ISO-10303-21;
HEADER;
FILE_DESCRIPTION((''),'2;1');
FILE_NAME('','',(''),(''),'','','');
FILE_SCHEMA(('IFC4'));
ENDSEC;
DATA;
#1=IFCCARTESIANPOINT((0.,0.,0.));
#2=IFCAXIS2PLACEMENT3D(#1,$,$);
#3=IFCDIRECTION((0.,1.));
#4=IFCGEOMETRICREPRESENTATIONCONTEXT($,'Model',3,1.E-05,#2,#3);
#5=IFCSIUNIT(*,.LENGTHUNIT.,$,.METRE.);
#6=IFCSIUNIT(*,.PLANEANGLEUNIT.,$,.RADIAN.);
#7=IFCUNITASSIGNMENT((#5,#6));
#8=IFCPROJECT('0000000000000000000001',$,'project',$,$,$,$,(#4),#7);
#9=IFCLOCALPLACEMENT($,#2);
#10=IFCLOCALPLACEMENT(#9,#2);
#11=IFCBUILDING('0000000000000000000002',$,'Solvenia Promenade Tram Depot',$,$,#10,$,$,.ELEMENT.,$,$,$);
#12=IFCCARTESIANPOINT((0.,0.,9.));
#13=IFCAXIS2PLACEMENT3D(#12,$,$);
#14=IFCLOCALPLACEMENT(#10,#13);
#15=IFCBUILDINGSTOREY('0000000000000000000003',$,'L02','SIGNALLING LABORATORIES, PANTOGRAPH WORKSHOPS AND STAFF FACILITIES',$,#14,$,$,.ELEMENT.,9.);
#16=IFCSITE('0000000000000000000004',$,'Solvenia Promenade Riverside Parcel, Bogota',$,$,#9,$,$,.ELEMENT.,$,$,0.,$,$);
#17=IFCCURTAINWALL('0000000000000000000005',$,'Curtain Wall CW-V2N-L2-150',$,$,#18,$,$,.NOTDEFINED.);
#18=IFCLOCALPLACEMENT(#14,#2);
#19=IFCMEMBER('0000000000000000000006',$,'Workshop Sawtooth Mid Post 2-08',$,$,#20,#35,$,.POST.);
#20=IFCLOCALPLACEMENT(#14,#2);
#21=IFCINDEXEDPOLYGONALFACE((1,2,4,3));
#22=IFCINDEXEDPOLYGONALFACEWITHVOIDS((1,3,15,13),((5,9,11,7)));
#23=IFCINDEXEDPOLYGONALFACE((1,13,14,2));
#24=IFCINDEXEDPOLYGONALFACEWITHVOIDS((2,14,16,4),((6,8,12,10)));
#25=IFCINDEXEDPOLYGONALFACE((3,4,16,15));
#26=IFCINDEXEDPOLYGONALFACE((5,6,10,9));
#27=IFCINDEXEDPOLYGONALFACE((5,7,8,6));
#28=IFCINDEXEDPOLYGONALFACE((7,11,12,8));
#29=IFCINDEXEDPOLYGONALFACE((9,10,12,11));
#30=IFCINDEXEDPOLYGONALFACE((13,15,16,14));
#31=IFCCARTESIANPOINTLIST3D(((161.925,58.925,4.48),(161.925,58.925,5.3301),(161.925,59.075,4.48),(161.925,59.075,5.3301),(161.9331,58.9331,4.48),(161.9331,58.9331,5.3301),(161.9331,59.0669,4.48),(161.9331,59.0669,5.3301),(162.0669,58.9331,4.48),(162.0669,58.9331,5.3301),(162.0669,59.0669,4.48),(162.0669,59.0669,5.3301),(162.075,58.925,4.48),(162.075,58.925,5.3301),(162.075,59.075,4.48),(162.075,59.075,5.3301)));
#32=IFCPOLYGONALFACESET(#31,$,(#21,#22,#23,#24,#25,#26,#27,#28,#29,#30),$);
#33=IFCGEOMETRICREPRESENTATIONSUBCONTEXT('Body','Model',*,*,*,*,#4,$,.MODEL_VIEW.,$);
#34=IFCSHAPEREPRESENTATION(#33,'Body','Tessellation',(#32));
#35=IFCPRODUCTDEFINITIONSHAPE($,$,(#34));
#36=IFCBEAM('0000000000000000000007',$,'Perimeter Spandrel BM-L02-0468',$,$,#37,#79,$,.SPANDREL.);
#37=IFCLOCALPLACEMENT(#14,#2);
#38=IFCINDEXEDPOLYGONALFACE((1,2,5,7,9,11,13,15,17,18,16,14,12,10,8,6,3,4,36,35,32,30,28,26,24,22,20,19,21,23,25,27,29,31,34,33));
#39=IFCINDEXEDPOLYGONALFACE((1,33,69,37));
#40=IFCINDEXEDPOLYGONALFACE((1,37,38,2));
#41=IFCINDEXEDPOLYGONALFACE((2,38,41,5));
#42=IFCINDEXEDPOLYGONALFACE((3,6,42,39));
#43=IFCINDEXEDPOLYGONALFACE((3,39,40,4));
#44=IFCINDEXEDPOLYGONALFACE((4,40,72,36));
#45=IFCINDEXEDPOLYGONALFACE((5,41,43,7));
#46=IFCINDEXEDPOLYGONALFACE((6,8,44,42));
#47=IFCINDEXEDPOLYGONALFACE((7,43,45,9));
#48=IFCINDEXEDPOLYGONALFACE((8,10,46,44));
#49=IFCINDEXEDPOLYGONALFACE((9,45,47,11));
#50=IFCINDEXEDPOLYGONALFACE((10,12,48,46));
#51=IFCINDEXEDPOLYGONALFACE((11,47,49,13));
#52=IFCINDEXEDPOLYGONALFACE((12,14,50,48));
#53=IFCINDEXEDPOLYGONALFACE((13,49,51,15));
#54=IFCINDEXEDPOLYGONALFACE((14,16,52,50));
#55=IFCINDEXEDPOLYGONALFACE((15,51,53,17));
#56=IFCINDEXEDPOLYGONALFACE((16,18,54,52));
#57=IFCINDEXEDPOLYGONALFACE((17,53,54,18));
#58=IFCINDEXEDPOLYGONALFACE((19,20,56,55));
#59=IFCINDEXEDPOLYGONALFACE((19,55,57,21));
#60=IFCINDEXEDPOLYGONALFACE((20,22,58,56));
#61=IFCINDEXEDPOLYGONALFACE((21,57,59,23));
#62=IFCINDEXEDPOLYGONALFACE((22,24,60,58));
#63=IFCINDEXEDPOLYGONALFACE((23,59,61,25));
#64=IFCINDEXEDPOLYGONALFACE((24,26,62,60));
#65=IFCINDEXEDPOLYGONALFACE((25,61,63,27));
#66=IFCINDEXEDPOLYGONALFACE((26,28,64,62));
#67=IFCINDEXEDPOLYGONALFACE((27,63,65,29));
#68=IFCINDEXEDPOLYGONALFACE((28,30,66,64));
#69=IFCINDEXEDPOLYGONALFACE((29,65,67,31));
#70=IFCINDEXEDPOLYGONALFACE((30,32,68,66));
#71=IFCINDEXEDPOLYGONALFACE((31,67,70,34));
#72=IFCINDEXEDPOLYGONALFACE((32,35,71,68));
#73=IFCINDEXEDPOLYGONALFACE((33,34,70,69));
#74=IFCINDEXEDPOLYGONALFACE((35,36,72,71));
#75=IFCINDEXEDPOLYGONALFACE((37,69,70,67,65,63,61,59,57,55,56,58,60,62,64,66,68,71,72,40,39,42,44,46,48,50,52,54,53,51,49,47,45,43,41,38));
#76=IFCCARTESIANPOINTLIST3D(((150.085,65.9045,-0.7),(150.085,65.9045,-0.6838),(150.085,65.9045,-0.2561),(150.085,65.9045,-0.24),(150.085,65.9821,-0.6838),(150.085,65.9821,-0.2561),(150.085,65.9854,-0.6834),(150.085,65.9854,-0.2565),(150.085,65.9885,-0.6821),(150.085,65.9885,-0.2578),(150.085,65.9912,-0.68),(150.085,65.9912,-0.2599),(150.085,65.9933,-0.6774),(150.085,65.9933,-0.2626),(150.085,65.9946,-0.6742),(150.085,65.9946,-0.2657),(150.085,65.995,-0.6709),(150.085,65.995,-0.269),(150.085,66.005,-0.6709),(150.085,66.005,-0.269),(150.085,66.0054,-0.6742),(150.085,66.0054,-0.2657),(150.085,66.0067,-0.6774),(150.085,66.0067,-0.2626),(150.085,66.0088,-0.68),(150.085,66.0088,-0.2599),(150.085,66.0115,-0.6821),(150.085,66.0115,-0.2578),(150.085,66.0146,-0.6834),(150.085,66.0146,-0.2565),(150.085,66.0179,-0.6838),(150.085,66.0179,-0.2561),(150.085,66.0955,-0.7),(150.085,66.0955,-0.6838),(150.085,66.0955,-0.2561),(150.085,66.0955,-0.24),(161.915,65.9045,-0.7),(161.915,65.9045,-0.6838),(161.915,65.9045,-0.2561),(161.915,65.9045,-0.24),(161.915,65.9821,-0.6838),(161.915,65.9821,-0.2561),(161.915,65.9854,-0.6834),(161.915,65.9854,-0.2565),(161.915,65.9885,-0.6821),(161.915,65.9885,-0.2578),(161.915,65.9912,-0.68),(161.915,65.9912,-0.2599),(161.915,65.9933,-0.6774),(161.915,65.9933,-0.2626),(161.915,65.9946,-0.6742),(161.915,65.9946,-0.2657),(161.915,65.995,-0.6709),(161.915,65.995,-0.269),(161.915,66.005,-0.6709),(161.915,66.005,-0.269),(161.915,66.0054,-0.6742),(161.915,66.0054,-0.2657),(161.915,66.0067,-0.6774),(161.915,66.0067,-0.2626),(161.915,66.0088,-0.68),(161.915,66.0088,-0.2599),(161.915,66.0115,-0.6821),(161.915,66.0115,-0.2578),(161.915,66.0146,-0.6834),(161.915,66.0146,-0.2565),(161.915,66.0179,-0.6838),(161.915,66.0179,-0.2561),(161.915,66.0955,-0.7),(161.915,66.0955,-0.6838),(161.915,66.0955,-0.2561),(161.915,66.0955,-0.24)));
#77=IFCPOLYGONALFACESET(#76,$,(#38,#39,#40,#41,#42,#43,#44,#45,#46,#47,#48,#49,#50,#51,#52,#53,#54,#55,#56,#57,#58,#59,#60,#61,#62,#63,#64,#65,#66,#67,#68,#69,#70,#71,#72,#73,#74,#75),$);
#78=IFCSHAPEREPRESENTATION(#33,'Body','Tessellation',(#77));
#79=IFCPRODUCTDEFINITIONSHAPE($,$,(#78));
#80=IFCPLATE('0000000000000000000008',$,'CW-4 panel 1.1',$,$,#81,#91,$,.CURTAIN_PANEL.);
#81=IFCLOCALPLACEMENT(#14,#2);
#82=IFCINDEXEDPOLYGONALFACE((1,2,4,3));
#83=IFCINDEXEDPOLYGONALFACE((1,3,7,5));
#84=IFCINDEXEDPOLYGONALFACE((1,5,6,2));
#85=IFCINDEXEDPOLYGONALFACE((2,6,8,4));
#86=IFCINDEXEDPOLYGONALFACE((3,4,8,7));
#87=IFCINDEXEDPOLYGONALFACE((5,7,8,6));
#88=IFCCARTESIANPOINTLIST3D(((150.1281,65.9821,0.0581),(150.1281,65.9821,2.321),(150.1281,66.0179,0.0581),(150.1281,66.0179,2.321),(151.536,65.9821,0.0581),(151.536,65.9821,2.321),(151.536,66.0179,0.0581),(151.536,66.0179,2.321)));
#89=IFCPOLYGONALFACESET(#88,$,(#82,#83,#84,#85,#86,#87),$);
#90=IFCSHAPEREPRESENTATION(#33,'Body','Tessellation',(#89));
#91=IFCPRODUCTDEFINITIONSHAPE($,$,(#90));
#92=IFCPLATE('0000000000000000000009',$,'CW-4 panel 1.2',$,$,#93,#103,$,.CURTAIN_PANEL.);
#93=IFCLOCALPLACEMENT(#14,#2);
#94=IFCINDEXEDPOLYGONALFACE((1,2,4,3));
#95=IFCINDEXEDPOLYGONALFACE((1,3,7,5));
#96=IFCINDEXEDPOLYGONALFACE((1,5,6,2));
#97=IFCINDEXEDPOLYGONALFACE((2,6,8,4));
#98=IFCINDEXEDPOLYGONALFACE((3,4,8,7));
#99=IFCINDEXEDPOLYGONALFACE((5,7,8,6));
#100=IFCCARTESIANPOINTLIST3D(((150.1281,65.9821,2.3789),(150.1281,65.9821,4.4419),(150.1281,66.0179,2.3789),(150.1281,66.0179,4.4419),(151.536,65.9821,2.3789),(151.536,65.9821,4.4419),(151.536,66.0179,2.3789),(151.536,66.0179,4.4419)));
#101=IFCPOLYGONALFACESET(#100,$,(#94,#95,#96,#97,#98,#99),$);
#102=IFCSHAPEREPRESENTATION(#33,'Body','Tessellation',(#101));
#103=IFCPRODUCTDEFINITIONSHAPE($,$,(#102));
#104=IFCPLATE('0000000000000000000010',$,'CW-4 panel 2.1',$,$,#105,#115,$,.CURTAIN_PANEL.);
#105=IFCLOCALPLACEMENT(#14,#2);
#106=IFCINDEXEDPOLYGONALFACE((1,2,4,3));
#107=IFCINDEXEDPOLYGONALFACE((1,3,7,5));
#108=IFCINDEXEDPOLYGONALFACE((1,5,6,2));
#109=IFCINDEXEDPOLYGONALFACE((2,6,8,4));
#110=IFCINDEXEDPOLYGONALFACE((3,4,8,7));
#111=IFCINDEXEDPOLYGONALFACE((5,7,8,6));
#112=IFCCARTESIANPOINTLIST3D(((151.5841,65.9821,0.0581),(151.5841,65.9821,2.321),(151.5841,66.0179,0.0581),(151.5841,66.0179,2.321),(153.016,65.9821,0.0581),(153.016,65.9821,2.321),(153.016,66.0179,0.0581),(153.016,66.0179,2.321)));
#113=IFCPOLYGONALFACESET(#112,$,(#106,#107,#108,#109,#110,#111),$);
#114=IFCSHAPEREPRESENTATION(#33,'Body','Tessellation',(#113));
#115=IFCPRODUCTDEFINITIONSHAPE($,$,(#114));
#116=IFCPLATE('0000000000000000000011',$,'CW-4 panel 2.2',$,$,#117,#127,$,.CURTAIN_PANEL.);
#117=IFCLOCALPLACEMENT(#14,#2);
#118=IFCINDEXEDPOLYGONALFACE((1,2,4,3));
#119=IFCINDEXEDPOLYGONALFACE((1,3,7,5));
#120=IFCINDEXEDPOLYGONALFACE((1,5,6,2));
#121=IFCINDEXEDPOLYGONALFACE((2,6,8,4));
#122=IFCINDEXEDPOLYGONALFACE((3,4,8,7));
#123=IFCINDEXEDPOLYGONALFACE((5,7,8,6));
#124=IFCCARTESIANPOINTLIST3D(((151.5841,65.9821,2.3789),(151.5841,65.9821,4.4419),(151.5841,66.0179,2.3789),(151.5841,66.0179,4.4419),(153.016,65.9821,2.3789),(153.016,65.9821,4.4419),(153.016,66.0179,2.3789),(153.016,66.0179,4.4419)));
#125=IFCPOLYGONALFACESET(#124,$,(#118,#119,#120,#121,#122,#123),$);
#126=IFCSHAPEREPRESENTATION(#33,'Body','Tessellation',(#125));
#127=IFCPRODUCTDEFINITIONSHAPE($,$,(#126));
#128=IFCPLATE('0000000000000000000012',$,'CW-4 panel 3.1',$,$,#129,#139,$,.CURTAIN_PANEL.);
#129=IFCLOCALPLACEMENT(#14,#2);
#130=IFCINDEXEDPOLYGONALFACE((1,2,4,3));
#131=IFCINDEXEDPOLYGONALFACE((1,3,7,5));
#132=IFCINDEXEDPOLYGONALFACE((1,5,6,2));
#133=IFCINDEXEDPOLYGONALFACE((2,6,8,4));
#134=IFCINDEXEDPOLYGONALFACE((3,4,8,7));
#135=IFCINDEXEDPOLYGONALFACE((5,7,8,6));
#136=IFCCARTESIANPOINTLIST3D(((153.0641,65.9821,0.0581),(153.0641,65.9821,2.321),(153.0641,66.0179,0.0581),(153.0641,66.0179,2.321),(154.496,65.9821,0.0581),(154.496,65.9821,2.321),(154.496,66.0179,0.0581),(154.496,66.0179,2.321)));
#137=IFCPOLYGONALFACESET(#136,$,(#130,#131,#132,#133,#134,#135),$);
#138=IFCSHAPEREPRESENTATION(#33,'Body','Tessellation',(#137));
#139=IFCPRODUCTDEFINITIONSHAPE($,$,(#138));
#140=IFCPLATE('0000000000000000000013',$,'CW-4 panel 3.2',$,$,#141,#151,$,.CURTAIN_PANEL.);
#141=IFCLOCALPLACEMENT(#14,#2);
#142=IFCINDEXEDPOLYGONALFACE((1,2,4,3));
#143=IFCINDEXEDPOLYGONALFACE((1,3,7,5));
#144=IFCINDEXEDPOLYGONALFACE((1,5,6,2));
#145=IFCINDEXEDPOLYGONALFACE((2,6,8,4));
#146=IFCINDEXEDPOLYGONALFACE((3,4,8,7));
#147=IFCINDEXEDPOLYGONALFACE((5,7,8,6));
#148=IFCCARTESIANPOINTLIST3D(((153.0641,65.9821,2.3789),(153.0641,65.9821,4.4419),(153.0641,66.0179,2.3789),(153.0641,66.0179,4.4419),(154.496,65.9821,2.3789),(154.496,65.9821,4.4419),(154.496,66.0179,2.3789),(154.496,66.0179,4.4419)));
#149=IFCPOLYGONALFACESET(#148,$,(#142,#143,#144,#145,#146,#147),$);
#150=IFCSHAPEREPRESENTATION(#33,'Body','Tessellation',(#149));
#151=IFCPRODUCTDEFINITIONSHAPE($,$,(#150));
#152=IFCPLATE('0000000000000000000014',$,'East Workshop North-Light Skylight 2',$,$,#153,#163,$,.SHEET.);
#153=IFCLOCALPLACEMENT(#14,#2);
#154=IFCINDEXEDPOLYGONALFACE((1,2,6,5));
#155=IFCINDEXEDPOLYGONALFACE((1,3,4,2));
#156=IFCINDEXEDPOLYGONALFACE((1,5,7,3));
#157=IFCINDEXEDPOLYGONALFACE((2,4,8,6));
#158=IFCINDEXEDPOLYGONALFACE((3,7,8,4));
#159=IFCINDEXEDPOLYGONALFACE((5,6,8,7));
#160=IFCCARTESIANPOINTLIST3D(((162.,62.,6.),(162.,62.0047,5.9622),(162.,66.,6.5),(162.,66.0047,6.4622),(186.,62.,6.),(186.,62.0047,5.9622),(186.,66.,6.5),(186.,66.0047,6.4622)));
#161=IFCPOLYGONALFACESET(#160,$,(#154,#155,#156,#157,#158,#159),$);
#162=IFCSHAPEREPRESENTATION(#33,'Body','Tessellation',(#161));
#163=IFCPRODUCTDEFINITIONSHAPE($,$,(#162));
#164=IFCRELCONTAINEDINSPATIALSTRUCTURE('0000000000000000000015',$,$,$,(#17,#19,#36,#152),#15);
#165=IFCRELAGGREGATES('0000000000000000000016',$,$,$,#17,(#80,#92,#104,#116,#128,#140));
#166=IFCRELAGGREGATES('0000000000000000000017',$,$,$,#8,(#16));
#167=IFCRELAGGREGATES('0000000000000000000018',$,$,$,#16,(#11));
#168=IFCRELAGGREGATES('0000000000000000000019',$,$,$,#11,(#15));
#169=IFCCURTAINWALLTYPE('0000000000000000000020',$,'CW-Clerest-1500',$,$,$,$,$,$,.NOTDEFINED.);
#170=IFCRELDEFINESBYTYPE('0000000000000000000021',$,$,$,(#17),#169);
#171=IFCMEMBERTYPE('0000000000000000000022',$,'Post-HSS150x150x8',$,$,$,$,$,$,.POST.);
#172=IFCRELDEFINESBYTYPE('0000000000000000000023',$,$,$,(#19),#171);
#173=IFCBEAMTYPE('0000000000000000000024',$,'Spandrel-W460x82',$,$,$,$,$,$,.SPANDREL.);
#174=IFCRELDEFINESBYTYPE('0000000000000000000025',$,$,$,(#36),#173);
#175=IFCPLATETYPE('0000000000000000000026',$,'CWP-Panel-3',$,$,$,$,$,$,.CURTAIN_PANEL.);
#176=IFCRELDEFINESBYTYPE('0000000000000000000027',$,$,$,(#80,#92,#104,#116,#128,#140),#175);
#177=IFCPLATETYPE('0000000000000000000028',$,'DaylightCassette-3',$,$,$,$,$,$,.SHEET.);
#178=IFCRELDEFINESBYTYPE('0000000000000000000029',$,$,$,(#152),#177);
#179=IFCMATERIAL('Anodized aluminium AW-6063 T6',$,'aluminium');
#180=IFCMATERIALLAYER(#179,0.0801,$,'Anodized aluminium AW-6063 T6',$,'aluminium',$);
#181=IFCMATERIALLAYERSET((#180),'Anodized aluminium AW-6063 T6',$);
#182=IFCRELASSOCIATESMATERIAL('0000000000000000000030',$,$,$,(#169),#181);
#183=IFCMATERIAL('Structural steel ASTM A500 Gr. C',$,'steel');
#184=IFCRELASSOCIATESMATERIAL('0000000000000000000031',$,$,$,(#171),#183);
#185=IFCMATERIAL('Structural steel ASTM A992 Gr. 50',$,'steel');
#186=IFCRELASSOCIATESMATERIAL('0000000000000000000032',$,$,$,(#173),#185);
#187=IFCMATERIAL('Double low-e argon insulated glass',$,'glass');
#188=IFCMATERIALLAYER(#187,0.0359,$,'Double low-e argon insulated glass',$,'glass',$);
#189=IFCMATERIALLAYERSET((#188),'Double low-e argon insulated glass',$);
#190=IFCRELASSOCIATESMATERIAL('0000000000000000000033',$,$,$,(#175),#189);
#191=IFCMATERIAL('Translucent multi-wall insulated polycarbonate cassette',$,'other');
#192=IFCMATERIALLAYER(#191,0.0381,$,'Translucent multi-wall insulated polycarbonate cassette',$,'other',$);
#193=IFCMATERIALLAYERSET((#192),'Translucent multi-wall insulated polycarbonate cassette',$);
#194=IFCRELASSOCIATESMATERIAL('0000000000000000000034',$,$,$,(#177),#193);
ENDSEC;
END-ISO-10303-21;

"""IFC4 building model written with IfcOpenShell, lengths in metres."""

from ifc_helpers import new_model, si_unit, direction, frame, origin, origin_2d, place, context, subcontext, project, spatial, polyline, rectangle, hollow_rectangle, i_section, outline, extrude, material, layer, layer_set, material_profile, profile_set, type_object, element, aggregate, save


model = new_model("IFC4")

# Units and contexts
model_context = context("Model", 3, precision=1e-05, world=origin(), true_north=direction((0.0, 1.0)))
body_context = subcontext(model_context, "Body", "Model", "MODEL_VIEW")
ifc_project = project(units=[si_unit("LENGTHUNIT", "METRE"), si_unit("PLANEANGLEUNIT", "RADIAN")], contexts=[model_context])

# Site, building, storey
site_placement = place(None, origin())
site = spatial("IfcSite", under=ifc_project, at=site_placement, Name="Solvenia Promenade Riverside Parcel, Bogota", CompositionType="ELEMENT", RefElevation=0.0)
building_placement = place(site_placement, origin())
building = spatial("IfcBuilding", under=site, at=building_placement, Name="Solvenia Promenade Tram Depot", CompositionType="ELEMENT")
storey_placement = place(building_placement, frame((0.0, 0.0, 9.0)))
storey = spatial("IfcBuildingStorey", under=building, at=storey_placement, Name="L02", Description="SIGNALLING LABORATORIES, PANTOGRAPH WORKSHOPS AND STAFF FACILITIES", CompositionType="ELEMENT", Elevation=9.0)

# Shared definitions
ifc_material_1 = material(Name="Structural steel ASTM A992 Gr. 50", Category="steel")

# Curtain wall
ifc_material_2 = material(Name="Anodized aluminium AW-6063 T6", Category="aluminium")
ifc_layer_1 = layer(ifc_material_2, 0.0801, Name="Anodized aluminium AW-6063 T6", Category="aluminium")
ifc_layer_set_1 = layer_set([ifc_layer_1], Name="Anodized aluminium AW-6063 T6")
curtain_wall_type = type_object("IfcCurtainWallType", Name="CW-Clerest-1500", PredefinedType="NOTDEFINED", material=ifc_layer_set_1)
curtain_wall_placement = place(storey_placement, origin())
curtain_wall = element("IfcCurtainWall", 1, at=curtain_wall_placement, inside=storey, type_object=curtain_wall_type, Name="Curtain Wall CW-V2N-L2-150", PredefinedType="NOTDEFINED")

# Shared definitions
ifc_material_3 = material(Name="Structural steel ASTM A500 Gr. C", Category="steel")

# Member
ifc_material_profile_1 = material_profile(ifc_material_3, hollow_rectangle(XDim=0.1499, YDim=0.1499, WallThickness=0.0081, at=origin_2d()), Name="HSS150x150x8", Category="steel")
ifc_profile_set_1 = profile_set([ifc_material_profile_1], Name="Structural steel ASTM A500 Gr. C")
member_type_1 = type_object("IfcMemberType", Name="Post-HSS150x150x8", PredefinedType="POST", material=ifc_profile_set_1)
member_1_placement = place(storey_placement, frame((162.0, 59.0, 4.48), z_axis=(0.0, 0.0, 1.0), x_axis=(1.0, 0.0, 0.0)))
element("IfcMember", 2, at=member_1_placement, inside=storey, type_object=member_type_1, Name="Workshop Sawtooth Mid Post 2-08", PredefinedType="POST", context=body_context, shape_type="SweptSolid", body=[
    extrude(hollow_rectangle(XDim=0.1499, YDim=0.1499, WallThickness=0.0081, at=origin_2d()), origin(), (0.0, 0.0, 1.0), 0.8501),
])

# Beam
ifc_material_profile_2 = material_profile(ifc_material_1, i_section(OverallWidth=0.1909, OverallDepth=0.46, WebThickness=0.01, FlangeThickness=0.0161, FilletRadius=0.0129, at=origin_2d()), Name="W460x82", Category="steel")
ifc_profile_set_2 = profile_set([ifc_material_profile_2], Name="Structural steel ASTM A992 Gr. 50")
beam_type_1 = type_object("IfcBeamType", Name="Spandrel-W460x82", PredefinedType="SPANDREL", material=ifc_profile_set_2)
beam_1_placement = place(storey_placement, frame((150.085, 66.0, -0.47), z_axis=(1.0, 0.0, 0.0), x_axis=(0.0, 1.0, 0.0)))
element("IfcBeam", 3, at=beam_1_placement, inside=storey, type_object=beam_type_1, Name="Perimeter Spandrel BM-L02-0468", PredefinedType="SPANDREL", context=body_context, shape_type="SweptSolid", body=[
    extrude(i_section(OverallWidth=0.1909, OverallDepth=0.46, WebThickness=0.01, FlangeThickness=0.0161, FilletRadius=0.0129, at=origin_2d()), origin(), (0.0, 0.0, 1.0), 11.8301),
])

# Plates
ifc_material_4 = material(Name="Double low-e argon insulated glass", Category="glass")
ifc_layer_2 = layer(ifc_material_4, 0.0359, Name="Double low-e argon insulated glass", Category="glass")
ifc_layer_set_2 = layer_set([ifc_layer_2], Name="Double low-e argon insulated glass")
plate_type_1 = type_object("IfcPlateType", Name="CWP-Panel-3", PredefinedType="CURTAIN_PANEL", material=ifc_layer_set_2)
plate_1_placement = place(storey_placement, frame((150.832, 66.0, 0.0581), z_axis=(0.0, 0.0, 1.0), x_axis=(1.0, 0.0, 0.0)))
plate_1 = element("IfcPlate", 4, at=plate_1_placement, type_object=plate_type_1, Name="CW-4 panel 1.1", PredefinedType="CURTAIN_PANEL", context=body_context, shape_type="SweptSolid", body=[
    extrude(rectangle(XDim=1.408, YDim=0.0359, at=origin_2d()), origin(), (0.0, 0.0, 1.0), 2.2629),
])
plate_2_placement = place(storey_placement, frame((150.832, 66.0, 2.3789), z_axis=(0.0, 0.0, 1.0), x_axis=(1.0, 0.0, 0.0)))
plate_2 = element("IfcPlate", 5, at=plate_2_placement, type_object=plate_type_1, Name="CW-4 panel 1.2", PredefinedType="CURTAIN_PANEL", context=body_context, shape_type="SweptSolid", body=[
    extrude(rectangle(XDim=1.408, YDim=0.0359, at=origin_2d()), origin(), (0.0, 0.0, 1.0), 2.063),
])
plate_3_placement = place(storey_placement, frame((152.3, 66.0, 0.0581), z_axis=(0.0, 0.0, 1.0), x_axis=(1.0, 0.0, 0.0)))
plate_3 = element("IfcPlate", 6, at=plate_3_placement, type_object=plate_type_1, Name="CW-4 panel 2.1", PredefinedType="CURTAIN_PANEL", context=body_context, shape_type="SweptSolid", body=[
    extrude(rectangle(XDim=1.4319, YDim=0.0359, at=origin_2d()), origin(), (0.0, 0.0, 1.0), 2.2629),
])
plate_4_placement = place(storey_placement, frame((152.3, 66.0, 2.3789), z_axis=(0.0, 0.0, 1.0), x_axis=(1.0, 0.0, 0.0)))
plate_4 = element("IfcPlate", 7, at=plate_4_placement, type_object=plate_type_1, Name="CW-4 panel 2.2", PredefinedType="CURTAIN_PANEL", context=body_context, shape_type="SweptSolid", body=[
    extrude(rectangle(XDim=1.4319, YDim=0.0359, at=origin_2d()), origin(), (0.0, 0.0, 1.0), 2.063),
])
plate_5_placement = place(storey_placement, frame((153.78, 66.0, 0.0581), z_axis=(0.0, 0.0, 1.0), x_axis=(1.0, 0.0, 0.0)))
plate_5 = element("IfcPlate", 8, at=plate_5_placement, type_object=plate_type_1, Name="CW-4 panel 3.1", PredefinedType="CURTAIN_PANEL", context=body_context, shape_type="SweptSolid", body=[
    extrude(rectangle(XDim=1.4319, YDim=0.0359, at=origin_2d()), origin(), (0.0, 0.0, 1.0), 2.2629),
])
plate_6_placement = place(storey_placement, frame((153.78, 66.0, 2.3789), z_axis=(0.0, 0.0, 1.0), x_axis=(1.0, 0.0, 0.0)))
plate_6 = element("IfcPlate", 9, at=plate_6_placement, type_object=plate_type_1, Name="CW-4 panel 3.2", PredefinedType="CURTAIN_PANEL", context=body_context, shape_type="SweptSolid", body=[
    extrude(rectangle(XDim=1.4319, YDim=0.0359, at=origin_2d()), origin(), (0.0, 0.0, 1.0), 2.063),
])
aggregate(curtain_wall, [plate_1, plate_2, plate_3, plate_4, plate_5, plate_6])
ifc_material_5 = material(Name="Translucent multi-wall insulated polycarbonate cassette", Category="other")
ifc_layer_3 = layer(ifc_material_5, 0.0381, Name="Translucent multi-wall insulated polycarbonate cassette", Category="other")
ifc_layer_set_3 = layer_set([ifc_layer_3], Name="Translucent multi-wall insulated polycarbonate cassette")
plate_type_2 = type_object("IfcPlateType", Name="DaylightCassette-3", PredefinedType="SHEET", material=ifc_layer_set_3)
plate_7_placement = place(storey_placement, frame((162.0, 62.0, 6.0), z_axis=(0.0, -0.124035, 0.992278), x_axis=(1.0, 0.0, 0.0)))
element("IfcPlate", 10, at=plate_7_placement, inside=storey, type_object=plate_type_2, Name="East Workshop North-Light Skylight 2", PredefinedType="SHEET", context=body_context, shape_type="SweptSolid", body=[
    extrude(outline(polyline([(0.0, 0.0), (24.0, 0.0), (24.0, 4.0311), (0.0, 4.0311), (0.0, 0.0)])), origin(), (0.0, 0.0, -1.0), 0.0381),
])

save(model, "model.ifc")
